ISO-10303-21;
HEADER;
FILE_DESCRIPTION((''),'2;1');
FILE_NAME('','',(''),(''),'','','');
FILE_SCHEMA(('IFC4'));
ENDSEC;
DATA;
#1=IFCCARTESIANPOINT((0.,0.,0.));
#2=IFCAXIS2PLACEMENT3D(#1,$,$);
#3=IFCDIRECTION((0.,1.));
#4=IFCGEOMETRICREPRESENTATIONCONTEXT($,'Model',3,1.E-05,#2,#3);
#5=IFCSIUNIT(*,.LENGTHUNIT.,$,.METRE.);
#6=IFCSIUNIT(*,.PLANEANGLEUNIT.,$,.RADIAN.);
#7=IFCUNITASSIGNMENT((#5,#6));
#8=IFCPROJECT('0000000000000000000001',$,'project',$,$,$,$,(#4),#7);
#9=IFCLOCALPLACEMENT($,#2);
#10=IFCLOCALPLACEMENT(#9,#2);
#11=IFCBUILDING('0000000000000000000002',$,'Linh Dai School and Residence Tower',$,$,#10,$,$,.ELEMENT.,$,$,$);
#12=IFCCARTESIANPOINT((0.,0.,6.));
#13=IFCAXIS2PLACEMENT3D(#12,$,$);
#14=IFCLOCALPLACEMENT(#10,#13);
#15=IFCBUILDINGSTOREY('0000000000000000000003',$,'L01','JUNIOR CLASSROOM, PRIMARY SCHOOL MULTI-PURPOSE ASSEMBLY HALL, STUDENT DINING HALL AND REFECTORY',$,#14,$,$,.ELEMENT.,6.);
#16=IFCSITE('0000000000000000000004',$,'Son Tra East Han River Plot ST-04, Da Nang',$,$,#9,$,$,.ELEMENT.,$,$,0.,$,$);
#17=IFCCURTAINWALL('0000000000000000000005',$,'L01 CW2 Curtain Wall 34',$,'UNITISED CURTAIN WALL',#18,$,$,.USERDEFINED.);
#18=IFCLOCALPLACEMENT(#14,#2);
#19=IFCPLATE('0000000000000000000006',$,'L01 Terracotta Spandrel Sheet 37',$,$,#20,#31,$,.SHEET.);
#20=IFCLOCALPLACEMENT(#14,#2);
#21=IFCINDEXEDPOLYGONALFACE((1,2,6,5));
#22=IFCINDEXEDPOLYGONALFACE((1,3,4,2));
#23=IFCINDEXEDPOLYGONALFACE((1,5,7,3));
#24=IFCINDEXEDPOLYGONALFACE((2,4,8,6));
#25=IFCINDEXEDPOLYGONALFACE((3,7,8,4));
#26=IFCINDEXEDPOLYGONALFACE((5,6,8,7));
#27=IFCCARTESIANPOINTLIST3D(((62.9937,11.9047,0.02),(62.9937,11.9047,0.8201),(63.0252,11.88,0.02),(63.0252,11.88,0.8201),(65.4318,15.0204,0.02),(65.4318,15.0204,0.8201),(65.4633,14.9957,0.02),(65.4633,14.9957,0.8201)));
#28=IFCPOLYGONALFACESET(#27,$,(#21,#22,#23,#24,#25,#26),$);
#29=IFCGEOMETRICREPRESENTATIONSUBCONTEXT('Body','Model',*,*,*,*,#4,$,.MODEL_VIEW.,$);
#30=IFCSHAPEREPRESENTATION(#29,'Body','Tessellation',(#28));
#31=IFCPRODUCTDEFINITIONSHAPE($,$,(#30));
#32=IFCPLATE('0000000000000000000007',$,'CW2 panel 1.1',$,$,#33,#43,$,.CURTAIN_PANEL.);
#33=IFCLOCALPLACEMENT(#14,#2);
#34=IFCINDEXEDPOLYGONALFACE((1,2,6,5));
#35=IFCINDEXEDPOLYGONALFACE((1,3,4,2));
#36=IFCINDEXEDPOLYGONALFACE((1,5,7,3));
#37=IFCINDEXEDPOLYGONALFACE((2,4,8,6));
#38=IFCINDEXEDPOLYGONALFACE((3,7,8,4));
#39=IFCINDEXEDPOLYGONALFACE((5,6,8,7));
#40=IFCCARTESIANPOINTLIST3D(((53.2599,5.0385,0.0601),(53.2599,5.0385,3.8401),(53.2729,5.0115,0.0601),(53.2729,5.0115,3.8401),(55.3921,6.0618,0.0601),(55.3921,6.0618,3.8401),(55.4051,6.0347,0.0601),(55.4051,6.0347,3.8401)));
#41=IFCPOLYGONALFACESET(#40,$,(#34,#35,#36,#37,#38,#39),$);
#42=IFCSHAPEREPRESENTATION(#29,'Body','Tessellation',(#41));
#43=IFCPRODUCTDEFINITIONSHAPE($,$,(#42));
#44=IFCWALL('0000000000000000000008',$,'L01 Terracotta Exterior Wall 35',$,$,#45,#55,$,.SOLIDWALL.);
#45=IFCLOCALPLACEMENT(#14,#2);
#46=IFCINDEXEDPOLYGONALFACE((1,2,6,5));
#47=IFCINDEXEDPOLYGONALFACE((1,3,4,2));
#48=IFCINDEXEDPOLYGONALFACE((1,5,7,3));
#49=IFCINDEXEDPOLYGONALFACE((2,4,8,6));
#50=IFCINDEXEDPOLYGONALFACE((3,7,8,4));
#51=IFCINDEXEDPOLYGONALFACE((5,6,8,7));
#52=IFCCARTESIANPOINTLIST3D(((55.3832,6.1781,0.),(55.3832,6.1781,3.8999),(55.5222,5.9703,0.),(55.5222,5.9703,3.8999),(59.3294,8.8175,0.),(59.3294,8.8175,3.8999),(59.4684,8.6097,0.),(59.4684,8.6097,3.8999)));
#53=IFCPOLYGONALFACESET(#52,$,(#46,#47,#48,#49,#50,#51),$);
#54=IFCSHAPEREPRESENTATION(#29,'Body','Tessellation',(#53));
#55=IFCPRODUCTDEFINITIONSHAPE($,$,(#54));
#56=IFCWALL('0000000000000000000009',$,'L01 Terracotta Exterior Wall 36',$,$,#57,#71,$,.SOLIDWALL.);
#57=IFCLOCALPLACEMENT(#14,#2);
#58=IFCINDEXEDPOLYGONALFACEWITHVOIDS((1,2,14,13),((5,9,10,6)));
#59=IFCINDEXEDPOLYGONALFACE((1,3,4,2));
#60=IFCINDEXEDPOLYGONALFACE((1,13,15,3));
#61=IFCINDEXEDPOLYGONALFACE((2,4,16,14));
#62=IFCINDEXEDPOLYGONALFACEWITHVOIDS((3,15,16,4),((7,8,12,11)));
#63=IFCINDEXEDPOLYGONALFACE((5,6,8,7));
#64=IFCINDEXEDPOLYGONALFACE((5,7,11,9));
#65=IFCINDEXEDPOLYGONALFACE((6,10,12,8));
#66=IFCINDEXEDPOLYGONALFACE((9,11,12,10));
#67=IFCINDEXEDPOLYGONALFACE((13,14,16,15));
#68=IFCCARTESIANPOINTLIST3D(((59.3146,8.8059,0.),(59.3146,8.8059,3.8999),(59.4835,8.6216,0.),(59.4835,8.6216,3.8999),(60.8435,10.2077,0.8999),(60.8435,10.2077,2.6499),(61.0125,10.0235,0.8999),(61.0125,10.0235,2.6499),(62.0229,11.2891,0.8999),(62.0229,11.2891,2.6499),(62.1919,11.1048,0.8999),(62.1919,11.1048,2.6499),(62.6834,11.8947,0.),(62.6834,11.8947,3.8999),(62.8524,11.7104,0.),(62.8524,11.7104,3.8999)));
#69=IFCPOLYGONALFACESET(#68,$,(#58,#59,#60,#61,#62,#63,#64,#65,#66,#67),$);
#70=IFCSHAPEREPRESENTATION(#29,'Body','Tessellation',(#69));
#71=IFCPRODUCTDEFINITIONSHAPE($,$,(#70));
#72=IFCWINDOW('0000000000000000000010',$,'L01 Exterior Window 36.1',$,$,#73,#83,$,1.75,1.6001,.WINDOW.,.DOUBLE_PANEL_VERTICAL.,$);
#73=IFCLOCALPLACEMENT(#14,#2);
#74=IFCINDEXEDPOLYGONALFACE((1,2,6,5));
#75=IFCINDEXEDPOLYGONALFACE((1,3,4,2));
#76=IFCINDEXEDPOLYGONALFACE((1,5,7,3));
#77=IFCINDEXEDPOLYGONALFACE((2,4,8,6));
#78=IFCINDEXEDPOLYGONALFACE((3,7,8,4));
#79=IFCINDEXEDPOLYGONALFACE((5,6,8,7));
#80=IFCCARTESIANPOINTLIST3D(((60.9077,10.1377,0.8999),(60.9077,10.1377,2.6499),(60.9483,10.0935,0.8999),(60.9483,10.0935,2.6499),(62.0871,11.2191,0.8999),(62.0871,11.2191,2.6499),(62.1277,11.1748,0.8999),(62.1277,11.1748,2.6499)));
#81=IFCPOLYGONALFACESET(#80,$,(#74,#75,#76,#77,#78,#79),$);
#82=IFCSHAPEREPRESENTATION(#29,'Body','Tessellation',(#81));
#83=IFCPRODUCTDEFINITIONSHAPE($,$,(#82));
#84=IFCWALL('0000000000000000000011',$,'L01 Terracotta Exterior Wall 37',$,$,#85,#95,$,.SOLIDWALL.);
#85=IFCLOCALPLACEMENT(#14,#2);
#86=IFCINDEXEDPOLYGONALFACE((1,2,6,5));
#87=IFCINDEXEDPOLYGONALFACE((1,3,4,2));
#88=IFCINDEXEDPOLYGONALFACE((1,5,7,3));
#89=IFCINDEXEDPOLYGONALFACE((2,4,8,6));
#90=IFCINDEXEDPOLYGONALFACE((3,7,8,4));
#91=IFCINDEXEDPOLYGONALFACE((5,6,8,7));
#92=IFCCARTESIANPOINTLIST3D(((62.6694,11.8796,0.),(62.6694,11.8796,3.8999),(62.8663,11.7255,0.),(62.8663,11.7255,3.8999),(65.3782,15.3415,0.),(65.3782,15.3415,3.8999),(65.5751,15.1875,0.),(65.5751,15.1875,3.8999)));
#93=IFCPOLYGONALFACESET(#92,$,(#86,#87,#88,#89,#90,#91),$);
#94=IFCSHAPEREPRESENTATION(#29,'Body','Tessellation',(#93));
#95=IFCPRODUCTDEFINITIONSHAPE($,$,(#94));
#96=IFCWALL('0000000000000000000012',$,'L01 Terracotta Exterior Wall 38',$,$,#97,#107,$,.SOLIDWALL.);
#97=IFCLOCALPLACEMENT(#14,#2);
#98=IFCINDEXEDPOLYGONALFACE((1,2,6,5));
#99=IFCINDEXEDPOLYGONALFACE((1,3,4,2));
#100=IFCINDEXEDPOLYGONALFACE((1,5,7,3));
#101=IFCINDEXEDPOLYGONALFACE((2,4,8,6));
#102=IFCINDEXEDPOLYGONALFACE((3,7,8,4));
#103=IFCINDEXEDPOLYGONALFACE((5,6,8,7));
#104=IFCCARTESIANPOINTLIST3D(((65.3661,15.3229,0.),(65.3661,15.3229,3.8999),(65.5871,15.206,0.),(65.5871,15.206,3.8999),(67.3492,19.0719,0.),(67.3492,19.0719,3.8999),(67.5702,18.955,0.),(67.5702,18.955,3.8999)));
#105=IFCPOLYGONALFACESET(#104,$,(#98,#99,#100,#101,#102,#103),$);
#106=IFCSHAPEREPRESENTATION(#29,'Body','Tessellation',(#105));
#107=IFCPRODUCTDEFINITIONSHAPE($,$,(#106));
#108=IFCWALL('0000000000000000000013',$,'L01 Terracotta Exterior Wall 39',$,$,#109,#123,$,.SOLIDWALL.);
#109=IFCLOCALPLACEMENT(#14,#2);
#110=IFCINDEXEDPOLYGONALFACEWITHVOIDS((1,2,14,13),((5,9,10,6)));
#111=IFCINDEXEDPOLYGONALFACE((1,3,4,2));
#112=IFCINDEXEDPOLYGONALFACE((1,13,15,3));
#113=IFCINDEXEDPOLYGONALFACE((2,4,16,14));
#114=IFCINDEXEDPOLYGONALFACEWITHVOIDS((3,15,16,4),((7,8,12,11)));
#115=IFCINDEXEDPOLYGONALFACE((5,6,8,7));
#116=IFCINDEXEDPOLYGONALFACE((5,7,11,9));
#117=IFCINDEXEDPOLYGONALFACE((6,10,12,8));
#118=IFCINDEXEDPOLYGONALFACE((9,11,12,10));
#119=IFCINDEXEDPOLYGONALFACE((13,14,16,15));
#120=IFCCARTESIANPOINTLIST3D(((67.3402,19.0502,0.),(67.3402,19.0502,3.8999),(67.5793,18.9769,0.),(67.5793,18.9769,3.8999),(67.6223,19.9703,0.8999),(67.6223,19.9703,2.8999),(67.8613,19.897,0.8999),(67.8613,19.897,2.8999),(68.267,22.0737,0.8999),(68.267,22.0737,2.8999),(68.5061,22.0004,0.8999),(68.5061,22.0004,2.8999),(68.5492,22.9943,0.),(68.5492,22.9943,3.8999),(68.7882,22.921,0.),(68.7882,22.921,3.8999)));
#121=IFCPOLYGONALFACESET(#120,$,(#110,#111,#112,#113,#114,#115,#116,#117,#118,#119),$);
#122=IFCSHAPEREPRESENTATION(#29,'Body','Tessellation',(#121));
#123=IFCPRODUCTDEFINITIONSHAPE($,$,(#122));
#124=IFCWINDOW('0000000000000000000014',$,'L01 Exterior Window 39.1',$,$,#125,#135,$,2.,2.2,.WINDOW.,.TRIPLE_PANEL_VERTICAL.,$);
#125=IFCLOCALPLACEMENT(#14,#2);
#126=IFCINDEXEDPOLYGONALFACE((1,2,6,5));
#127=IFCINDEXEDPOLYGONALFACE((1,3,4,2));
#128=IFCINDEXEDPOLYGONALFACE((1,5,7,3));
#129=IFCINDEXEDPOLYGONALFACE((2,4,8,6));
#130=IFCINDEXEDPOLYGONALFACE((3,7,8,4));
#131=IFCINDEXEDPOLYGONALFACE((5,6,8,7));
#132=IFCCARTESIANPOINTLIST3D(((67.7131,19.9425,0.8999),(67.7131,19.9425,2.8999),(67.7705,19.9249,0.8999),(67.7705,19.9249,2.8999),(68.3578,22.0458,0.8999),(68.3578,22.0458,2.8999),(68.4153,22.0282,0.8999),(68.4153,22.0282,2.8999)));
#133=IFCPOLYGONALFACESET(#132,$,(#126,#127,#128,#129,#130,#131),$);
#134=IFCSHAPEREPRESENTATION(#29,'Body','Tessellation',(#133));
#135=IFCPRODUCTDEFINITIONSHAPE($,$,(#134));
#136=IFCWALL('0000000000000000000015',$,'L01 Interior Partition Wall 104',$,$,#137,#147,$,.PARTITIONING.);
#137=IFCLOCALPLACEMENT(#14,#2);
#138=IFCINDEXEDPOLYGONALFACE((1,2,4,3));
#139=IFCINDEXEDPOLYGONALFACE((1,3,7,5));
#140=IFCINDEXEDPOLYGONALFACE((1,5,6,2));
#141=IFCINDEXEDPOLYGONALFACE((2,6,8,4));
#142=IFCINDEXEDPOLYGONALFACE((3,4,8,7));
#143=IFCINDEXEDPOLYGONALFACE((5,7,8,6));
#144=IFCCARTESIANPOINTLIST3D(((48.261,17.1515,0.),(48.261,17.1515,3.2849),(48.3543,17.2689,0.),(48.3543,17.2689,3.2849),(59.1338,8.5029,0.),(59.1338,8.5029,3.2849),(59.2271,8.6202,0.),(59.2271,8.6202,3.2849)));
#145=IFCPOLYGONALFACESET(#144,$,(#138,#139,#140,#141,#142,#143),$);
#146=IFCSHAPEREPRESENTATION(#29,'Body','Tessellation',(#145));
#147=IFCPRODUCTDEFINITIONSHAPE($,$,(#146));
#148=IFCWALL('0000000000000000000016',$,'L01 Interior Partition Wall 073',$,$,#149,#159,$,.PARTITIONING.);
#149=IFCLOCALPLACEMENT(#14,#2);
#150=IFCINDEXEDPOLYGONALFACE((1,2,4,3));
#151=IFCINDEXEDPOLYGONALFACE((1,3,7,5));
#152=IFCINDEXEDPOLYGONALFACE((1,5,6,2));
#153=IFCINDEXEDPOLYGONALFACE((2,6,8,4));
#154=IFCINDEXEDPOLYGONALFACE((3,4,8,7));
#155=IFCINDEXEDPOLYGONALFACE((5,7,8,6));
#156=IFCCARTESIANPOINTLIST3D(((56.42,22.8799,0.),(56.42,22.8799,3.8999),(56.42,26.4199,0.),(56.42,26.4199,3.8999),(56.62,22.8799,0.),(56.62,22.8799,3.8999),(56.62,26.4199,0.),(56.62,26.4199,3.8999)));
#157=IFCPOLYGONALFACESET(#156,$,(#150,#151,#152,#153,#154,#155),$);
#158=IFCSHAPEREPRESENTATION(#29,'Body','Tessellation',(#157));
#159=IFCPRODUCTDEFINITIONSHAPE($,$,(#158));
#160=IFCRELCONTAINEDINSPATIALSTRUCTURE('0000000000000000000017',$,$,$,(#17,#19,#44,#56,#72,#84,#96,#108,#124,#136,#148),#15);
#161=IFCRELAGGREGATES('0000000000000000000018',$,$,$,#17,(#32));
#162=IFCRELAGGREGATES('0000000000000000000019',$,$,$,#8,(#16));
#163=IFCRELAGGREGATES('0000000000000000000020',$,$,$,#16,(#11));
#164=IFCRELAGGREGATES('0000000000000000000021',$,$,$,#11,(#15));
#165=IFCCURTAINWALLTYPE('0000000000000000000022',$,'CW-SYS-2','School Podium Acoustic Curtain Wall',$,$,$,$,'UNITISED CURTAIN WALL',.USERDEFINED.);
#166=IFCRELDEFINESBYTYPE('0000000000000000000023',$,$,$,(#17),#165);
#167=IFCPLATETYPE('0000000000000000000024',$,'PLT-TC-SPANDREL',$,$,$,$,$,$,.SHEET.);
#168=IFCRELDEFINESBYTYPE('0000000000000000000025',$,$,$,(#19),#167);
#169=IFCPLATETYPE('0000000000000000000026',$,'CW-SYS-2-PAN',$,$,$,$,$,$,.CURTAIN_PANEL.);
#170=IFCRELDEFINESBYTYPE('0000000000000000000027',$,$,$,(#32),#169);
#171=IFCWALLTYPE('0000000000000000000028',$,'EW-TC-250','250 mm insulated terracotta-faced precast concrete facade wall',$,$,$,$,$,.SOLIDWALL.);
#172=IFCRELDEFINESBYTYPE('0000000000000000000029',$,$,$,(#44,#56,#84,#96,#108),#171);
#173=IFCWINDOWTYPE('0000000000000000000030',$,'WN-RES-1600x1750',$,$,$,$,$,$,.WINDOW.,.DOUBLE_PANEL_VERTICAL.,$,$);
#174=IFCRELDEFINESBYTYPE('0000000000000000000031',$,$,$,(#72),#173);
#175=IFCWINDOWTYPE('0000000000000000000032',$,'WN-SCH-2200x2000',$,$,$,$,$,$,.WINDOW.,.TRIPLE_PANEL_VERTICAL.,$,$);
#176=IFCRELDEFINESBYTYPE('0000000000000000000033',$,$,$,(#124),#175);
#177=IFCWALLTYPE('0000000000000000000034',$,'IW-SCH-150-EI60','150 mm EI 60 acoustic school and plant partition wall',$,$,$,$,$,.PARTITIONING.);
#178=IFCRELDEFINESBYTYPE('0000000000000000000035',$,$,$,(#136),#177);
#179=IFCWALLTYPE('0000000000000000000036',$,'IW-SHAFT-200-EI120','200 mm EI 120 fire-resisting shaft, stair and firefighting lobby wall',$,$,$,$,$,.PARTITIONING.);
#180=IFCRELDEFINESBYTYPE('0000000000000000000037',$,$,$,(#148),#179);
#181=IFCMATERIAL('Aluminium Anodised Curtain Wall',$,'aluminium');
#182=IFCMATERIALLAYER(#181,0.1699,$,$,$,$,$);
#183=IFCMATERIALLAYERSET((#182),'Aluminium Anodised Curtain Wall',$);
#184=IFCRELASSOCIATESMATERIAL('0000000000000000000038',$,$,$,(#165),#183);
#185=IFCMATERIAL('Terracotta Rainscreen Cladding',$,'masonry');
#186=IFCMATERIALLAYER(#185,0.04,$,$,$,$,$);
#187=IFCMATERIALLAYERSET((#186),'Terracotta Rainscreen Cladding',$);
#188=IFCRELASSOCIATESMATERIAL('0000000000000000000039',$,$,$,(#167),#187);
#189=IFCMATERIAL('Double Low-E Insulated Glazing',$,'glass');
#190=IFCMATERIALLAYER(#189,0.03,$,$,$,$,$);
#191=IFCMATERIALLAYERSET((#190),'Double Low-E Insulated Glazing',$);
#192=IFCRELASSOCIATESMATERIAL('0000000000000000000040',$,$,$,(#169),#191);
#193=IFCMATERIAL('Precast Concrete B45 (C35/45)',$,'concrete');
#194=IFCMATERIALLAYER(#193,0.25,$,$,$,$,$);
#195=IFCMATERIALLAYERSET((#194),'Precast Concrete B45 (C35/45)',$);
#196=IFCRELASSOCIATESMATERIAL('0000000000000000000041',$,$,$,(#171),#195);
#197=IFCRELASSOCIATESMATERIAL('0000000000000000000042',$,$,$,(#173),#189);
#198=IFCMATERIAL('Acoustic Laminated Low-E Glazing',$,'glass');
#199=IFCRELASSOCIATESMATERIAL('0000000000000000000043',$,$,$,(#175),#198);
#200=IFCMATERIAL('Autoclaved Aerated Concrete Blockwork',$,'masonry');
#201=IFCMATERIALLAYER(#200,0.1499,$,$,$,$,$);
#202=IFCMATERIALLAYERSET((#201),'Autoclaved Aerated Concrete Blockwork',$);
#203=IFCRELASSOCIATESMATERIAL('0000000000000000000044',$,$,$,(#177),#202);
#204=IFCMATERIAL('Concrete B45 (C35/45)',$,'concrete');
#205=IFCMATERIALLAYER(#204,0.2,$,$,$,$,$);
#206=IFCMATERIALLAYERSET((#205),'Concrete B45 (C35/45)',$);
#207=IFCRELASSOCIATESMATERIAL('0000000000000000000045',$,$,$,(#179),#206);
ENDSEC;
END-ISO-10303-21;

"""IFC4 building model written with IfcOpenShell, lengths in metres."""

from ifc_helpers import new_model, si_unit, direction, frame, frame_2d, origin, origin_2d, place, context, subcontext, project, spatial, rectangle, extrude, source, transform, mapped, material, layer, layer_set, type_object, element, fill, aggregate, save


model = new_model("IFC4")

# Units and contexts
model_context = context("Model", 3, precision=1e-05, world=origin(), true_north=direction((0.0, 1.0)))
body_context = subcontext(model_context, "Body", "Model", "MODEL_VIEW")
ifc_project = project(units=[si_unit("LENGTHUNIT", "METRE"), si_unit("PLANEANGLEUNIT", "RADIAN")], contexts=[model_context])

# Site, building, storey
site_placement = place(None, origin())
site = spatial("IfcSite", under=ifc_project, at=site_placement, Name="Son Tra East Han River Plot ST-04, Da Nang", CompositionType="ELEMENT", RefElevation=0.0)
building_placement = place(site_placement, origin())
building = spatial("IfcBuilding", under=site, at=building_placement, Name="Linh Dai School and Residence Tower", CompositionType="ELEMENT")
storey_placement = place(building_placement, frame((0.0, 0.0, 6.0)))
storey = spatial("IfcBuildingStorey", under=building, at=storey_placement, Name="L01", Description="JUNIOR CLASSROOM, PRIMARY SCHOOL MULTI-PURPOSE ASSEMBLY HALL, STUDENT DINING HALL AND REFECTORY", CompositionType="ELEMENT", Elevation=6.0)

# Curtain wall
ifc_material_1 = material(Name="Aluminium Anodised Curtain Wall", Category="aluminium")
ifc_layer_1 = layer(ifc_material_1, 0.1699)
ifc_layer_set_1 = layer_set([ifc_layer_1], Name="Aluminium Anodised Curtain Wall")
curtain_wall_type = type_object("IfcCurtainWallType", Name="CW-SYS-2", Description="School Podium Acoustic Curtain Wall", ElementType="UNITISED CURTAIN WALL", PredefinedType="USERDEFINED", material=ifc_layer_set_1)
curtain_wall_placement = place(storey_placement, origin())
curtain_wall = element("IfcCurtainWall", 1, at=curtain_wall_placement, inside=storey, type_object=curtain_wall_type, Name="L01 CW2 Curtain Wall 34", ObjectType="UNITISED CURTAIN WALL", PredefinedType="USERDEFINED")

# Plate
ifc_material_2 = material(Name="Terracotta Rainscreen Cladding", Category="masonry")
ifc_layer_2 = layer(ifc_material_2, 0.04)
ifc_layer_set_2 = layer_set([ifc_layer_2], Name="Terracotta Rainscreen Cladding")
plate_type_1 = type_object("IfcPlateType", Name="PLT-TC-SPANDREL", PredefinedType="SHEET", material=ifc_layer_set_2)
shared_shape_1 = source(origin(), body_context, "Body", "SweptSolid", [
    extrude(rectangle(XDim=3.9563, YDim=0.04, at=origin_2d()), origin(), (0.0, 0.0, 1.0), 0.8),
])
plate_1_placement = place(storey_placement, frame((64.2285, 13.4502, 0.02), z_axis=(0.0, 0.0, 1.0), x_axis=(-0.61626, -0.787543, 0.0)))
element("IfcPlate", 2, at=plate_1_placement, inside=storey, type_object=plate_type_1, Name="L01 Terracotta Spandrel Sheet 37", PredefinedType="SHEET", context=body_context, shape_type="MappedRepresentation", body=[
    mapped(shared_shape_1, transform((0.0, 0.0, 0.0), x_axis=(1.0, 0.0, 0.0), y_axis=(0.0, 1.0, 0.0), z_axis=(0.0, 0.0, 1.0), scale=1.0)),
])

# Plate
ifc_material_3 = material(Name="Double Low-E Insulated Glazing", Category="glass")
ifc_layer_3 = layer(ifc_material_3, 0.03)
ifc_layer_set_3 = layer_set([ifc_layer_3], Name="Double Low-E Insulated Glazing")
plate_type_2 = type_object("IfcPlateType", Name="CW-SYS-2-PAN", PredefinedType="CURTAIN_PANEL", material=ifc_layer_set_3)
shared_shape_2 = source(origin(), body_context, "Body", "SweptSolid", [
    extrude(rectangle(XDim=2.365, YDim=0.03, at=origin_2d()), origin(), (0.0, 0.0, 1.0), 3.78),
])
plate_2_placement = place(storey_placement, frame((54.3325, 5.5366, 0.0601), z_axis=(0.0, 0.0, 1.0), x_axis=(-0.901558, -0.432657, 0.0)))
plate_2 = element("IfcPlate", 3, at=plate_2_placement, type_object=plate_type_2, Name="CW2 panel 1.1", PredefinedType="CURTAIN_PANEL", context=body_context, shape_type="MappedRepresentation", body=[
    mapped(shared_shape_2, transform((0.0, 0.0, 0.0), x_axis=(1.0, 0.0, 0.0), y_axis=(0.0, 1.0, 0.0), z_axis=(0.0, 0.0, 1.0), scale=1.0)),
])
aggregate(curtain_wall, [plate_2])

# Wall
ifc_material_4 = material(Name="Precast Concrete B45 (C35/45)", Category="concrete")
ifc_layer_4 = layer(ifc_material_4, 0.25)
ifc_layer_set_4 = layer_set([ifc_layer_4], Name="Precast Concrete B45 (C35/45)")
wall_type_1 = type_object("IfcWallType", Name="EW-TC-250", Description="250 mm insulated terracotta-faced precast concrete facade wall", PredefinedType="SOLIDWALL", material=ifc_layer_set_4)
wall_1_placement = place(storey_placement, frame((59.3989, 8.7136, 0.0), z_axis=(0.0, 0.0, 1.0), x_axis=(-0.831219, -0.555946, 0.0)))
element("IfcWall", 4, at=wall_1_placement, inside=storey, type_object=wall_type_1, Name="L01 Terracotta Exterior Wall 35", PredefinedType="SOLIDWALL", context=body_context, shape_type="SweptSolid", body=[
    extrude(rectangle(XDim=4.7476, YDim=0.25, at=frame_2d((2.3738, 0.0))), origin(), (0.0, 0.0, 1.0), 3.8999),
])

# Wall, opening, window
wall_2_placement = place(storey_placement, frame((62.7678, 11.8025, 0.0), z_axis=(0.0, 0.0, 1.0), x_axis=(-0.737077, -0.675809, 0.0)))
wall_2 = element("IfcWall", 5, at=wall_2_placement, inside=storey, type_object=wall_type_1, Name="L01 Terracotta Exterior Wall 36", PredefinedType="SOLIDWALL", context=body_context, shape_type="SweptSolid", body=[
    extrude(rectangle(XDim=4.5706, YDim=0.25, at=frame_2d((2.2852, 0.0))), origin(), (0.0, 0.0, 1.0), 3.8999),
])
opening_1_placement = place(wall_2_placement, frame((0.896, 0.0, 0.8999)))
opening_1 = element("IfcOpeningElement", 6, at=opening_1_placement, cuts=wall_2, PredefinedType="OPENING", context=body_context, shape_type="SweptSolid", body=[
    extrude(rectangle(XDim=1.6001, YDim=1.75, at=origin_2d()), frame((0.8, 0.135, 0.875), z_axis=(0.0, -1.0, 0.0), x_axis=(1.0, 0.0, 0.0)), (0.0, 0.0, 1.0), 0.27),
])
window_type_1 = type_object("IfcWindowType", Name="WN-RES-1600x1750", PartitioningType="DOUBLE_PANEL_VERTICAL", PredefinedType="WINDOW", material=ifc_material_3)
shared_shape_3 = source(origin(), body_context, "Body", "SweptSolid", [
    extrude(rectangle(XDim=1.6001, YDim=1.75, at=origin_2d()), frame((0.8, 0.03, 0.875), z_axis=(0.0, -1.0, 0.0), x_axis=(1.0, 0.0, 0.0)), (0.0, 0.0, 1.0), 0.0601),
])
window_1_placement = place(opening_1_placement, origin())
window_1 = element("IfcWindow", 7, at=window_1_placement, inside=storey, type_object=window_type_1, Name="L01 Exterior Window 36.1", OverallHeight=1.75, OverallWidth=1.6001, PartitioningType="DOUBLE_PANEL_VERTICAL", PredefinedType="WINDOW", context=body_context, shape_type="MappedRepresentation", body=[
    mapped(shared_shape_3, transform((0.0, 0.0, 0.0), x_axis=(1.0, 0.0, 0.0), y_axis=(0.0, 1.0, 0.0), z_axis=(0.0, 0.0, 1.0), scale=1.0)),
])
fill(opening_1, window_1)

# Walls
wall_3_placement = place(storey_placement, frame((65.4766, 15.2644, 0.0), z_axis=(0.0, 0.0, 1.0), x_axis=(-0.616226, -0.787569, 0.0)))
element("IfcWall", 8, at=wall_3_placement, inside=storey, type_object=wall_type_1, Name="L01 Terracotta Exterior Wall 37", PredefinedType="SOLIDWALL", context=body_context, shape_type="SweptSolid", body=[
    extrude(rectangle(XDim=4.3958, YDim=0.25, at=frame_2d((2.1978, 0.0))), origin(), (0.0, 0.0, 1.0), 3.8999),
])
wall_4_placement = place(storey_placement, frame((67.4597, 19.0134, 0.0), z_axis=(0.0, 0.0, 1.0), x_axis=(-0.467589, -0.883946, 0.0)))
element("IfcWall", 9, at=wall_4_placement, inside=storey, type_object=wall_type_1, Name="L01 Terracotta Exterior Wall 38", PredefinedType="SOLIDWALL", context=body_context, shape_type="SweptSolid", body=[
    extrude(rectangle(XDim=4.2412, YDim=0.25, at=frame_2d((2.1206, 0.0))), origin(), (0.0, 0.0, 1.0), 3.8999),
])

# Wall, opening, window
wall_5_placement = place(storey_placement, frame((68.6687, 22.9575, 0.0), z_axis=(0.0, 0.0, 1.0), x_axis=(-0.293071, -0.956091, 0.0)))
wall_5 = element("IfcWall", 10, at=wall_5_placement, inside=storey, type_object=wall_type_1, Name="L01 Terracotta Exterior Wall 39", PredefinedType="SOLIDWALL", context=body_context, shape_type="SweptSolid", body=[
    extrude(rectangle(XDim=4.1252, YDim=0.25, at=frame_2d((2.0625, 0.0))), origin(), (0.0, 0.0, 1.0), 3.8999),
])
opening_2_placement = place(wall_5_placement, frame((0.9626, 0.0, 0.8999)))
opening_2 = element("IfcOpeningElement", 11, at=opening_2_placement, cuts=wall_5, PredefinedType="OPENING", context=body_context, shape_type="SweptSolid", body=[
    extrude(rectangle(XDim=2.2, YDim=2.0, at=origin_2d()), frame((1.1001, 0.135, 1.0), z_axis=(0.0, -1.0, 0.0), x_axis=(1.0, 0.0, 0.0)), (0.0, 0.0, 1.0), 0.27),
])
ifc_material_5 = material(Name="Acoustic Laminated Low-E Glazing", Category="glass")
window_type_2 = type_object("IfcWindowType", Name="WN-SCH-2200x2000", PartitioningType="TRIPLE_PANEL_VERTICAL", PredefinedType="WINDOW", material=ifc_material_5)
shared_shape_4 = source(origin(), body_context, "Body", "SweptSolid", [
    extrude(rectangle(XDim=2.2, YDim=2.0, at=origin_2d()), frame((1.1001, 0.03, 1.0), z_axis=(0.0, -1.0, 0.0), x_axis=(1.0, 0.0, 0.0)), (0.0, 0.0, 1.0), 0.0601),
])
window_2_placement = place(opening_2_placement, origin())
window_2 = element("IfcWindow", 12, at=window_2_placement, inside=storey, type_object=window_type_2, Name="L01 Exterior Window 39.1", OverallHeight=2.0, OverallWidth=2.2, PartitioningType="TRIPLE_PANEL_VERTICAL", PredefinedType="WINDOW", context=body_context, shape_type="MappedRepresentation", body=[
    mapped(shared_shape_4, transform((0.0, 0.0, 0.0), x_axis=(1.0, 0.0, 0.0), y_axis=(0.0, 1.0, 0.0), z_axis=(0.0, 0.0, 1.0), scale=1.0)),
])
fill(opening_2, window_2)

# Walls
ifc_material_6 = material(Name="Autoclaved Aerated Concrete Blockwork", Category="masonry")
ifc_layer_5 = layer(ifc_material_6, 0.1499)
ifc_layer_set_5 = layer_set([ifc_layer_5], Name="Autoclaved Aerated Concrete Blockwork")
wall_type_2 = type_object("IfcWallType", Name="IW-SCH-150-EI60", Description="150 mm EI 60 acoustic school and plant partition wall", PredefinedType="PARTITIONING", material=ifc_layer_set_5)
wall_6_placement = place(storey_placement, frame((59.1804, 8.5615, 0.0), z_axis=(0.0, 0.0, 1.0), x_axis=(-0.782606, 0.622517, 0.0)))
element("IfcWall", 13, at=wall_6_placement, inside=storey, type_object=wall_type_2, Name="L01 Interior Partition Wall 104", PredefinedType="PARTITIONING", context=body_context, shape_type="SweptSolid", body=[
    extrude(rectangle(XDim=13.8931, YDim=0.1499, at=frame_2d((6.9465, 0.0))), origin(), (0.0, 0.0, 1.0), 3.2849),
])
ifc_material_7 = material(Name="Concrete B45 (C35/45)", Category="concrete")
ifc_layer_6 = layer(ifc_material_7, 0.2)
ifc_layer_set_6 = layer_set([ifc_layer_6], Name="Concrete B45 (C35/45)")
wall_type_3 = type_object("IfcWallType", Name="IW-SHAFT-200-EI120", Description="200 mm EI 120 fire-resisting shaft, stair and firefighting lobby wall", PredefinedType="PARTITIONING", material=ifc_layer_set_6)
wall_7_placement = place(storey_placement, frame((56.52, 22.8799, 0.0), z_axis=(0.0, 0.0, 1.0), x_axis=(0.0, 1.0, 0.0)))
element("IfcWall", 14, at=wall_7_placement, inside=storey, type_object=wall_type_3, Name="L01 Interior Partition Wall 073", PredefinedType="PARTITIONING", context=body_context, shape_type="SweptSolid", body=[
    extrude(rectangle(XDim=3.54, YDim=0.2, at=frame_2d((1.77, 0.0))), origin(), (0.0, 0.0, 1.0), 3.8999),
])

save(model, "model.ifc")
